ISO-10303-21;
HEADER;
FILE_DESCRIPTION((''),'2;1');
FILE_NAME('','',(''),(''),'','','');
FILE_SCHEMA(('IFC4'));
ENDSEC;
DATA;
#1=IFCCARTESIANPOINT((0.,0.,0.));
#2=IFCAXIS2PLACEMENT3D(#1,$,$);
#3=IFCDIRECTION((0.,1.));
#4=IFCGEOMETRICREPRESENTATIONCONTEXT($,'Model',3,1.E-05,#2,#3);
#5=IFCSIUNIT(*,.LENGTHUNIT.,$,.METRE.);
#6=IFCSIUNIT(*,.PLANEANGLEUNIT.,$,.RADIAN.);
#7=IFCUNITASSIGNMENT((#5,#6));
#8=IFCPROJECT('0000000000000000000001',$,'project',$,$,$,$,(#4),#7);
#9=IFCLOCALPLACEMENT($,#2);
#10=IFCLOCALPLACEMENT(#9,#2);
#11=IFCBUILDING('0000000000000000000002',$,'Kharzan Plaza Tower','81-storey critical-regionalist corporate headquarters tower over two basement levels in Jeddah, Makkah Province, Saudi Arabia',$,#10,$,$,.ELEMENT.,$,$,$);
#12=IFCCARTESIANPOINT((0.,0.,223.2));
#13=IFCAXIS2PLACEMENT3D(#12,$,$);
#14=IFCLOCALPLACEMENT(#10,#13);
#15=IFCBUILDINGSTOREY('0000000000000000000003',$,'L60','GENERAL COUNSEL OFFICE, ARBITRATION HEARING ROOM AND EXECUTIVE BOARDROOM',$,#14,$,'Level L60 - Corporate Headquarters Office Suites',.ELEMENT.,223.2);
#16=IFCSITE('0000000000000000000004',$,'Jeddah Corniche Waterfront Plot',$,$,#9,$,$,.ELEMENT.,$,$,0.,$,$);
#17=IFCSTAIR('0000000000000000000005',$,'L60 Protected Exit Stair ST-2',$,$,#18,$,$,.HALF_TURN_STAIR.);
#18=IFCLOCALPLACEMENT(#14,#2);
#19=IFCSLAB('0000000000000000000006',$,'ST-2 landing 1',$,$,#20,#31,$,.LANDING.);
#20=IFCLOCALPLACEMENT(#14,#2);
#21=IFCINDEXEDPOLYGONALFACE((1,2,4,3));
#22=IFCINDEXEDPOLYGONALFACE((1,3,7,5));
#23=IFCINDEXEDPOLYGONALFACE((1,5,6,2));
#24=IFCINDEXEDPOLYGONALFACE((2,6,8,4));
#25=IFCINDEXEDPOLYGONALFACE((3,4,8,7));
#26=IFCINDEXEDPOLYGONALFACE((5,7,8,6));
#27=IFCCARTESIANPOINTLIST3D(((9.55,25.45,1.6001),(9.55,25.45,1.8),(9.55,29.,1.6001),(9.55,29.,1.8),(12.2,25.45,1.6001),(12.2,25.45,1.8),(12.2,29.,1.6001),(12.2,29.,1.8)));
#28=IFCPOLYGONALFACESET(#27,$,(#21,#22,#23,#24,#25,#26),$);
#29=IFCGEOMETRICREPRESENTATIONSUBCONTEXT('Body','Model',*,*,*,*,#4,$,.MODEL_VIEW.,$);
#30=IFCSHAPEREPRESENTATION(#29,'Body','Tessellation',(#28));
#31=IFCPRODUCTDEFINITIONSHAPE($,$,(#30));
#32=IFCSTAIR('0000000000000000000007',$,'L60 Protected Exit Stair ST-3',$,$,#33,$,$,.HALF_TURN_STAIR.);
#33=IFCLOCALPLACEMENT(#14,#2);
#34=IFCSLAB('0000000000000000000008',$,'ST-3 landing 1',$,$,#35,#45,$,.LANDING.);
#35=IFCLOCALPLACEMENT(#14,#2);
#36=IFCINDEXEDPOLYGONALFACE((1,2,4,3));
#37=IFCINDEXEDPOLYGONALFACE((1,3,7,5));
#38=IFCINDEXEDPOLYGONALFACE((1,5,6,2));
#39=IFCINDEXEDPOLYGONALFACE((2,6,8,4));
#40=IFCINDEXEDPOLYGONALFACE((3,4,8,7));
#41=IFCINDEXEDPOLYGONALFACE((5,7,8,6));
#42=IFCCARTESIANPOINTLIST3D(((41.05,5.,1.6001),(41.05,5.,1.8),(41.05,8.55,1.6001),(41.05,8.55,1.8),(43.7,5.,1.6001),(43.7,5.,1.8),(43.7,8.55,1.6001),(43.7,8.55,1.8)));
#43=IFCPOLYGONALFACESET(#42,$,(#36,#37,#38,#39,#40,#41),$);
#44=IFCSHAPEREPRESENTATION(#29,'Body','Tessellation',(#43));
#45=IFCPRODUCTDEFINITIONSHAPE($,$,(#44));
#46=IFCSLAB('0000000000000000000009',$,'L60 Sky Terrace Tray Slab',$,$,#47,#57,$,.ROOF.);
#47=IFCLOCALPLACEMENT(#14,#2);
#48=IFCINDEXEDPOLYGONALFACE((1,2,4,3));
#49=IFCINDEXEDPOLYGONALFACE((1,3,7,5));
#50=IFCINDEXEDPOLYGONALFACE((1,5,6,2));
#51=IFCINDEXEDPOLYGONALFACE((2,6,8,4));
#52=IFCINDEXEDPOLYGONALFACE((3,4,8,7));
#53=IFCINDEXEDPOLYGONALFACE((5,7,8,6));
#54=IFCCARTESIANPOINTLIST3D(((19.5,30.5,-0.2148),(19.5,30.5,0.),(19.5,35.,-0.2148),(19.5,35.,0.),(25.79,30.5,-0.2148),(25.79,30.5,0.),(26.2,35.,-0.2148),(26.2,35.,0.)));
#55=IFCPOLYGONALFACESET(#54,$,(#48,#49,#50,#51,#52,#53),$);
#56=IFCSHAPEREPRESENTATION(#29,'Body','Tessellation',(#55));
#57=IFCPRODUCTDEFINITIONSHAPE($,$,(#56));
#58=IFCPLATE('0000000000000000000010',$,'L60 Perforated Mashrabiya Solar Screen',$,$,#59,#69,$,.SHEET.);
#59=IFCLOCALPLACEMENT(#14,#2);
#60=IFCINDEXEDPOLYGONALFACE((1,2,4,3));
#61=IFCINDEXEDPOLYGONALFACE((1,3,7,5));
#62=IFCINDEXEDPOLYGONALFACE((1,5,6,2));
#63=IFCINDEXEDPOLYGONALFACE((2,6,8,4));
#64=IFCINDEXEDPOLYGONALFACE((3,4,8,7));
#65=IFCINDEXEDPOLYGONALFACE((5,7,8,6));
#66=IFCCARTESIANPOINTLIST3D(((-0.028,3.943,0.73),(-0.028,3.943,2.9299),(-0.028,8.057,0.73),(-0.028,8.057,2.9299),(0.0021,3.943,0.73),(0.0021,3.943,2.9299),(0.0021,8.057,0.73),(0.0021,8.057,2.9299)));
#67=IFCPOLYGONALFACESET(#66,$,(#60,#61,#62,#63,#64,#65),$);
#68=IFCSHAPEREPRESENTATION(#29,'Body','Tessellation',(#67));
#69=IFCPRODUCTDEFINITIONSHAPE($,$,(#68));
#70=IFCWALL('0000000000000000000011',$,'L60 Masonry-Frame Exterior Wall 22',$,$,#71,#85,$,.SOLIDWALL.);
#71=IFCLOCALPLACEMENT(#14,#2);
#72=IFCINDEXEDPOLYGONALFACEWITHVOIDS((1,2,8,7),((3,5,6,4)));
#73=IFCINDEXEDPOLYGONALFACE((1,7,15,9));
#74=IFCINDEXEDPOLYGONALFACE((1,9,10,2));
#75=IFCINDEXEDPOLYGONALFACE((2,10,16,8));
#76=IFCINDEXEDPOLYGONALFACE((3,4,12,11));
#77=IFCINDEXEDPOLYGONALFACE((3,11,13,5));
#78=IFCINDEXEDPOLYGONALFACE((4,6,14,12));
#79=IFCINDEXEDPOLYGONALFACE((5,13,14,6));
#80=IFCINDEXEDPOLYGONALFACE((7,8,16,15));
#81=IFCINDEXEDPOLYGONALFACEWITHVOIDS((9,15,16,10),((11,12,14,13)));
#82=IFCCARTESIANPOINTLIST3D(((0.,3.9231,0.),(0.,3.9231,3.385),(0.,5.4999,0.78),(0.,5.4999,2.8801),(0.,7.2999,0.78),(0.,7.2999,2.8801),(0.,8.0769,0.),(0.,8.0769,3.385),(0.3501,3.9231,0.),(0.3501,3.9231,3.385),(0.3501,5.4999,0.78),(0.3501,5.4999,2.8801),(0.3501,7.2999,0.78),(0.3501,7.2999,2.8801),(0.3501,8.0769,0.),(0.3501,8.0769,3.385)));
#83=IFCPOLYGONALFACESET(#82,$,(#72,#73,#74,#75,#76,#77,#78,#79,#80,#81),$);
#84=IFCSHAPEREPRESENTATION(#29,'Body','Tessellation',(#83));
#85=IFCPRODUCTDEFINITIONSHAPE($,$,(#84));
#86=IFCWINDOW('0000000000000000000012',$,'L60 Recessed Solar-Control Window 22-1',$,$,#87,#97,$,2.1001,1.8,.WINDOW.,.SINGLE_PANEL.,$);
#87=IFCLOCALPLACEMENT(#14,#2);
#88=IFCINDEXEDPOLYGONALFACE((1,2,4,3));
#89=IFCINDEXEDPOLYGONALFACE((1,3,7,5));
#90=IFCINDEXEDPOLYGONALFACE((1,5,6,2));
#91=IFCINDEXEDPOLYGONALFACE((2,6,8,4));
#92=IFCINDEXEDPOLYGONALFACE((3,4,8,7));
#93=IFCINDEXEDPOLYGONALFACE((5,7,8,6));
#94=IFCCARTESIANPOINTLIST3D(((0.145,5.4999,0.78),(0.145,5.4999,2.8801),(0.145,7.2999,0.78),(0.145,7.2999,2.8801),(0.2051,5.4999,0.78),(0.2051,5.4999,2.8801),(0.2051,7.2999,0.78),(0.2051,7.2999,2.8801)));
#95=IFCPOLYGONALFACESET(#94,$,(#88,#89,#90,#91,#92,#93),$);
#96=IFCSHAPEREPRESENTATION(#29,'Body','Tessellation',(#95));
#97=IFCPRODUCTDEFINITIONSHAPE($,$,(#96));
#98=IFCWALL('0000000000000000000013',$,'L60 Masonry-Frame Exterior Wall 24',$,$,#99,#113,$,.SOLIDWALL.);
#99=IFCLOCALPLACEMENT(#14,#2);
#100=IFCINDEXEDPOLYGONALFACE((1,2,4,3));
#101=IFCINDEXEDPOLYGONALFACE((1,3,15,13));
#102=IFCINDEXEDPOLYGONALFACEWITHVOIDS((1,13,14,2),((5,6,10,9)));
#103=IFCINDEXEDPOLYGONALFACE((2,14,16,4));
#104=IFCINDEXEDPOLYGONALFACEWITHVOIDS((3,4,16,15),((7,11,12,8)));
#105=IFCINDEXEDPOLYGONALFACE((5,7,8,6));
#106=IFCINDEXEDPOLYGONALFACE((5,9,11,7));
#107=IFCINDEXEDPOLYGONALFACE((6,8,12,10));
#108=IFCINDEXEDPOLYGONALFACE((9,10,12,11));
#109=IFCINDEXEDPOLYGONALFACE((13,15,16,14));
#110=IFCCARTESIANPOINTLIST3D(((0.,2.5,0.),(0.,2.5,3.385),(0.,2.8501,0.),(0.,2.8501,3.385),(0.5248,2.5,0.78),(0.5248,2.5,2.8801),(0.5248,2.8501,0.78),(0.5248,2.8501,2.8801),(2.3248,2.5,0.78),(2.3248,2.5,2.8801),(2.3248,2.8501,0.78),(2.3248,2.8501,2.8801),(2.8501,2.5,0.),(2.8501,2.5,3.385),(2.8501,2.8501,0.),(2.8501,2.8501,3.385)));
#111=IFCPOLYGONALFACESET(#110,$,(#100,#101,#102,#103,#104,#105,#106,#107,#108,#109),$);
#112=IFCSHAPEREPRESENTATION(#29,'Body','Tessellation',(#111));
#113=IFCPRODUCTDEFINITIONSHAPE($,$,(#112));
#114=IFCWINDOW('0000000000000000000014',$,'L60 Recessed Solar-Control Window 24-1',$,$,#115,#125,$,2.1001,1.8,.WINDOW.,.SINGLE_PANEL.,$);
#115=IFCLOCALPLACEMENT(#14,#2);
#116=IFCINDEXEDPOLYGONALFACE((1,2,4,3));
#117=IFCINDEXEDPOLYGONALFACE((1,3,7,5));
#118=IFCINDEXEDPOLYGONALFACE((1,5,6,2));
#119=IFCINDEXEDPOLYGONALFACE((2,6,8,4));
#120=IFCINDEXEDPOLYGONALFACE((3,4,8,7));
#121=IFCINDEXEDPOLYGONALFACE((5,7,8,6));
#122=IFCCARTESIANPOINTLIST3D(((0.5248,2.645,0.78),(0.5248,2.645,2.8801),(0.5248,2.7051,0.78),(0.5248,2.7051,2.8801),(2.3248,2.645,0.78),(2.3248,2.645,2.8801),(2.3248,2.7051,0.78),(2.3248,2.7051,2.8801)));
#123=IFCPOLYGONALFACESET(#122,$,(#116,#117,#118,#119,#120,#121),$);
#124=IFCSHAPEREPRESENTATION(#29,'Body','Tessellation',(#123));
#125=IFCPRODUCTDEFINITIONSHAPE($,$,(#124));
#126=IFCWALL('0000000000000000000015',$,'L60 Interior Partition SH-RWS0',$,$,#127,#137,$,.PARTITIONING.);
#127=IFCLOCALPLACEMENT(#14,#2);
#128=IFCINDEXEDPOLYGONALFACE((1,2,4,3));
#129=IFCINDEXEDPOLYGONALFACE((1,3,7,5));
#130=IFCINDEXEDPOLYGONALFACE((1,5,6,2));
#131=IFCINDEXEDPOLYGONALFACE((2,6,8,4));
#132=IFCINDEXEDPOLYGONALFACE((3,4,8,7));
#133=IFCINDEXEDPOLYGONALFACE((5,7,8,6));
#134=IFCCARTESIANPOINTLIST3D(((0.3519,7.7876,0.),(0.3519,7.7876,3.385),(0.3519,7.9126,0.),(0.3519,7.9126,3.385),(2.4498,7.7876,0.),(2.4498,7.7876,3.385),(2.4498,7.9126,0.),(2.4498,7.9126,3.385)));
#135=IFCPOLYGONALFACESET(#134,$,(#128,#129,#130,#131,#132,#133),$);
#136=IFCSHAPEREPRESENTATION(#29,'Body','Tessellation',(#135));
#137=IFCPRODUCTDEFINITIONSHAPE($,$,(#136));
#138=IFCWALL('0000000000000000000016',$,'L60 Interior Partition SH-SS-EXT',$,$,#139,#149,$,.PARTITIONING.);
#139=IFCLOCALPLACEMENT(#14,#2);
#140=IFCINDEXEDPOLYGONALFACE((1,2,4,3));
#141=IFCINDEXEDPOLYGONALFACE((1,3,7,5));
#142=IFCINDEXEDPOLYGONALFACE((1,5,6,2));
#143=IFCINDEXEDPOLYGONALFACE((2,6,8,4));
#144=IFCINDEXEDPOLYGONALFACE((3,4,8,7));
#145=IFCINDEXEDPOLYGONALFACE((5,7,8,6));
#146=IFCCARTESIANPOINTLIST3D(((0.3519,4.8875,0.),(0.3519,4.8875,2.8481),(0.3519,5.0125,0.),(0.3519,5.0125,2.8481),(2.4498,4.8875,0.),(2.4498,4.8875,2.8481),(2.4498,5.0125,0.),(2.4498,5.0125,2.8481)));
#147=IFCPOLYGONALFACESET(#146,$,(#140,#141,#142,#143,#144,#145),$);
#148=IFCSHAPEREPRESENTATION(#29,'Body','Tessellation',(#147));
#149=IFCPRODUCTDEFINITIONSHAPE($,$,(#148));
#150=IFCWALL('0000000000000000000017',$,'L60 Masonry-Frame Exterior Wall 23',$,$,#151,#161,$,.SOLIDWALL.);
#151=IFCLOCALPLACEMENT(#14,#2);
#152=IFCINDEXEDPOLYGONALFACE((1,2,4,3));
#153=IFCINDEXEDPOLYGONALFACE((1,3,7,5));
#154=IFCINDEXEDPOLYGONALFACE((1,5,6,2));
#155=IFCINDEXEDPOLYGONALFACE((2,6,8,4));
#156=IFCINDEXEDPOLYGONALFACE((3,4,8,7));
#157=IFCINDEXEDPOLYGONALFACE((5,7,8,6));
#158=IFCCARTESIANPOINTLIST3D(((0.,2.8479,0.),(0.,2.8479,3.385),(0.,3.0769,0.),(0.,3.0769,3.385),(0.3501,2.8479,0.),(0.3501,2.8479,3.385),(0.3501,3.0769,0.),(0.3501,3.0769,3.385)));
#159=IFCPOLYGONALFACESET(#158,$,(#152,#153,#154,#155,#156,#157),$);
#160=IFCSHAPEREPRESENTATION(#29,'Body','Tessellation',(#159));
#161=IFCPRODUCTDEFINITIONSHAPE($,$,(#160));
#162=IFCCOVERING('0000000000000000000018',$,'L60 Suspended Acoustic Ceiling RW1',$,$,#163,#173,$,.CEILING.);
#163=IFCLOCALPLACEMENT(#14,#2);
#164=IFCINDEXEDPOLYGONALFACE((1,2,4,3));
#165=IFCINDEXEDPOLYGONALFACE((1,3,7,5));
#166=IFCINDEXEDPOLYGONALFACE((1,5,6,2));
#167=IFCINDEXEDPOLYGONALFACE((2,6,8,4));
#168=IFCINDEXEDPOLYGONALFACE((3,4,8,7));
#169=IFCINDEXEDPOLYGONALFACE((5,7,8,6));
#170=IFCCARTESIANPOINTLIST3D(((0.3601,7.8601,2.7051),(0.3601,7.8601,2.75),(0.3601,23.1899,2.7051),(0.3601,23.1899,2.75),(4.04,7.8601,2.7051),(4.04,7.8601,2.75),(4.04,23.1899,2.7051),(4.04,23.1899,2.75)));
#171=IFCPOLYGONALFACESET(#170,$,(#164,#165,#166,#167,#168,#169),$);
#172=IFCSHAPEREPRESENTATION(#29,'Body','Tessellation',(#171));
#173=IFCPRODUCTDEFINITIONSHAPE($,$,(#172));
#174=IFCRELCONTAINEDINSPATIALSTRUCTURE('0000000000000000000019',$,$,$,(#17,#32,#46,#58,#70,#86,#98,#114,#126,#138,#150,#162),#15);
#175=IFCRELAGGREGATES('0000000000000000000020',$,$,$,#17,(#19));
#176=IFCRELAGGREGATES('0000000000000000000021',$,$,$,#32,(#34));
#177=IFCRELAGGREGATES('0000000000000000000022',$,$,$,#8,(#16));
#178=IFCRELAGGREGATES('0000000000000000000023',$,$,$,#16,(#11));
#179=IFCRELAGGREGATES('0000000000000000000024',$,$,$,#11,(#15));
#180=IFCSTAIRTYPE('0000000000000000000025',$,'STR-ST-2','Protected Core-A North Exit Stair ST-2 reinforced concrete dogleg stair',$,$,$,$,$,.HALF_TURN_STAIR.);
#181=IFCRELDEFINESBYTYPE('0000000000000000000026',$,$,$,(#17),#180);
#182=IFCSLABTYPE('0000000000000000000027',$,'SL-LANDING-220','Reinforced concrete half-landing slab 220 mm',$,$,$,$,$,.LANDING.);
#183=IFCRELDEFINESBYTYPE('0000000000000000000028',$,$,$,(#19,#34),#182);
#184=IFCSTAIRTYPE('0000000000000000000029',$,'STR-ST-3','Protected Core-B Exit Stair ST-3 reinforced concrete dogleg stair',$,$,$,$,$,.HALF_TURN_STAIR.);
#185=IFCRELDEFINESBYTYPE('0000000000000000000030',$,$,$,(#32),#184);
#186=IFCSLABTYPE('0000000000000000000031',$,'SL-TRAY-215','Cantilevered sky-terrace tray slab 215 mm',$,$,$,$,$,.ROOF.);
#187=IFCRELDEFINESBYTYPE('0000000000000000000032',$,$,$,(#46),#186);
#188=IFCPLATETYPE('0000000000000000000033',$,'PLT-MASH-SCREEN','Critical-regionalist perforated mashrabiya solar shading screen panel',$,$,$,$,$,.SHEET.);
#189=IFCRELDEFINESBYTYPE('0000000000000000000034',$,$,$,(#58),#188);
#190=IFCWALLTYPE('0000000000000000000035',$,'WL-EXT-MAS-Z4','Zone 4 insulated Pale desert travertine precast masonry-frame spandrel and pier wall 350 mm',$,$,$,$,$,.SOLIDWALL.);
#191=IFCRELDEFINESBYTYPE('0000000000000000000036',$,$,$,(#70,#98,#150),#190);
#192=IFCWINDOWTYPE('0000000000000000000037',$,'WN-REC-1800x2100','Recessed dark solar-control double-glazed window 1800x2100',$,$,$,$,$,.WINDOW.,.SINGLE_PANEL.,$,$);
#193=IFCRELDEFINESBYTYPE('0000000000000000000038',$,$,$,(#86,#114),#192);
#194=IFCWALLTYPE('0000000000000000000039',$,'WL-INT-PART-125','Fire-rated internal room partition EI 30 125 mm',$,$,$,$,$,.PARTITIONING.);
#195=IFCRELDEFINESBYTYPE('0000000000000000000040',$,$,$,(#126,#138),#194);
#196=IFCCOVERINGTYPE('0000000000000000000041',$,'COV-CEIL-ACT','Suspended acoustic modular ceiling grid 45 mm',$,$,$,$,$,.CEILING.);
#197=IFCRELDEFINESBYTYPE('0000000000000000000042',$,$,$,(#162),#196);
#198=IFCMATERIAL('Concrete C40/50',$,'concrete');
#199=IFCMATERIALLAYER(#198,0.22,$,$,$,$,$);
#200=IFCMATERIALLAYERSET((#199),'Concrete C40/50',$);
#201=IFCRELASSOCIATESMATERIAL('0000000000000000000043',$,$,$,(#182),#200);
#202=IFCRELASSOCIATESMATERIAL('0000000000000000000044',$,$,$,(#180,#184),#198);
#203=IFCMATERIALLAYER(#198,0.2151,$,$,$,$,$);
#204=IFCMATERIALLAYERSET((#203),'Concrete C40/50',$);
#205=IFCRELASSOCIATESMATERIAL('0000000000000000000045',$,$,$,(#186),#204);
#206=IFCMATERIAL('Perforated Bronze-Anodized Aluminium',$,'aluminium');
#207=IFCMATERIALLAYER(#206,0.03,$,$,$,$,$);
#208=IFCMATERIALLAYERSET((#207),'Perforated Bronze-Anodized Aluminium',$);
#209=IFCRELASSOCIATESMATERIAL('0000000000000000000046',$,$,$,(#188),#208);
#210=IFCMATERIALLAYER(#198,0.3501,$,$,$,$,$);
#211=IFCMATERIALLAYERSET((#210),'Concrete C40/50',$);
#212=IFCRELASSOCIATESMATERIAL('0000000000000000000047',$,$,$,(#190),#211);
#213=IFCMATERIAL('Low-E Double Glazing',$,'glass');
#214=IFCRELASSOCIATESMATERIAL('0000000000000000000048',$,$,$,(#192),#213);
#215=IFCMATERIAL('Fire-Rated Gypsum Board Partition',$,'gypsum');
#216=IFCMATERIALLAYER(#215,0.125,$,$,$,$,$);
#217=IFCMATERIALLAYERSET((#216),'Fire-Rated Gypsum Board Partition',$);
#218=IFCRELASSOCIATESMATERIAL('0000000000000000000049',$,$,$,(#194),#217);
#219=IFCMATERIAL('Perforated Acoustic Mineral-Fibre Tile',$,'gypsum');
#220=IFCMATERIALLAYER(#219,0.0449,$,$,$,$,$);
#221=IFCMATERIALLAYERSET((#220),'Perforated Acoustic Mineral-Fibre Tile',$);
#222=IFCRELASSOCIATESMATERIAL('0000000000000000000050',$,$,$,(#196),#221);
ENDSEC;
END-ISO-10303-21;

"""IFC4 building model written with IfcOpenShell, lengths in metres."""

from ifc_helpers import new_model, si_unit, direction, frame, frame_2d, origin, origin_2d, place, context, subcontext, project, spatial, polyline, rectangle, outline, extrude, source, transform, mapped, material, layer, layer_set, type_object, element, fill, aggregate, save


model = new_model("IFC4")

# Units and contexts
model_context = context("Model", 3, precision=1e-05, world=origin(), true_north=direction((0.0, 1.0)))
body_context = subcontext(model_context, "Body", "Model", "MODEL_VIEW")
ifc_project = project(units=[si_unit("LENGTHUNIT", "METRE"), si_unit("PLANEANGLEUNIT", "RADIAN")], contexts=[model_context])

# Site, building, storey
site_placement = place(None, origin())
site = spatial("IfcSite", under=ifc_project, at=site_placement, Name="Jeddah Corniche Waterfront Plot", CompositionType="ELEMENT", RefElevation=0.0)
building_placement = place(site_placement, origin())
building = spatial("IfcBuilding", under=site, at=building_placement, Name="Kharzan Plaza Tower", Description="81-storey critical-regionalist corporate headquarters tower over two basement levels in Jeddah, Makkah Province, Saudi Arabia", CompositionType="ELEMENT")
storey_placement = place(building_placement, frame((0.0, 0.0, 223.2)))
storey = spatial("IfcBuildingStorey", under=building, at=storey_placement, Name="L60", Description="GENERAL COUNSEL OFFICE, ARBITRATION HEARING ROOM AND EXECUTIVE BOARDROOM", LongName="Level L60 - Corporate Headquarters Office Suites", CompositionType="ELEMENT", Elevation=223.2)

# Shared definitions
ifc_material_1 = material(Name="Concrete C40/50", Category="concrete")

# Stairs, slabs
ifc_layer_1 = layer(ifc_material_1, 0.22)
ifc_layer_set_1 = layer_set([ifc_layer_1], Name="Concrete C40/50")
slab_type_1 = type_object("IfcSlabType", Name="SL-LANDING-220", Description="Reinforced concrete half-landing slab 220 mm", PredefinedType="LANDING", material=ifc_layer_set_1)
stair_type_1 = type_object("IfcStairType", Name="STR-ST-2", Description="Protected Core-A North Exit Stair ST-2 reinforced concrete dogleg stair", PredefinedType="HALF_TURN_STAIR", material=ifc_material_1)
stair_1_placement = place(storey_placement, origin())
stair_1 = element("IfcStair", 1, at=stair_1_placement, inside=storey, type_object=stair_type_1, Name="L60 Protected Exit Stair ST-2", PredefinedType="HALF_TURN_STAIR")
slab_1_placement = place(storey_placement, frame((0.0, 0.0, 1.6001)))
slab_1 = element("IfcSlab", 2, at=slab_1_placement, type_object=slab_type_1, Name="ST-2 landing 1", PredefinedType="LANDING", context=body_context, shape_type="SweptSolid", body=[
    extrude(outline(polyline([(9.55, 25.45), (12.2, 25.45), (12.2, 29.0), (9.55, 29.0), (9.55, 25.45)])), origin(), (0.0, 0.0, 1.0), 0.2),
])
aggregate(stair_1, [slab_1])
stair_type_2 = type_object("IfcStairType", Name="STR-ST-3", Description="Protected Core-B Exit Stair ST-3 reinforced concrete dogleg stair", PredefinedType="HALF_TURN_STAIR", material=ifc_material_1)
stair_2_placement = place(storey_placement, origin())
stair_2 = element("IfcStair", 3, at=stair_2_placement, inside=storey, type_object=stair_type_2, Name="L60 Protected Exit Stair ST-3", PredefinedType="HALF_TURN_STAIR")
slab_2_placement = place(storey_placement, frame((0.0, 0.0, 1.6001)))
slab_2 = element("IfcSlab", 4, at=slab_2_placement, type_object=slab_type_1, Name="ST-3 landing 1", PredefinedType="LANDING", context=body_context, shape_type="SweptSolid", body=[
    extrude(outline(polyline([(41.05, 5.0), (43.7, 5.0), (43.7, 8.55), (41.05, 8.55), (41.05, 5.0)])), origin(), (0.0, 0.0, 1.0), 0.2),
])
aggregate(stair_2, [slab_2])

# Slab
ifc_layer_2 = layer(ifc_material_1, 0.2151)
ifc_layer_set_2 = layer_set([ifc_layer_2], Name="Concrete C40/50")
slab_type_2 = type_object("IfcSlabType", Name="SL-TRAY-215", Description="Cantilevered sky-terrace tray slab 215 mm", PredefinedType="ROOF", material=ifc_layer_set_2)
slab_3_placement = place(storey_placement, frame((0.0, 0.0, -0.2148)))
element("IfcSlab", 5, at=slab_3_placement, inside=storey, type_object=slab_type_2, Name="L60 Sky Terrace Tray Slab", PredefinedType="ROOF", context=body_context, shape_type="SweptSolid", body=[
    extrude(outline(polyline([(19.5, 30.5), (25.79, 30.5), (26.2, 35.0), (19.5, 35.0), (19.5, 30.5)])), origin(), (0.0, 0.0, 1.0), 0.2148),
])

# Plate
ifc_material_2 = material(Name="Perforated Bronze-Anodized Aluminium", Category="aluminium")
ifc_layer_3 = layer(ifc_material_2, 0.03)
ifc_layer_set_3 = layer_set([ifc_layer_3], Name="Perforated Bronze-Anodized Aluminium")
plate_type = type_object("IfcPlateType", Name="PLT-MASH-SCREEN", Description="Critical-regionalist perforated mashrabiya solar shading screen panel", PredefinedType="SHEET", material=ifc_layer_set_3)
shared_shape_1 = source(origin(), body_context, "Body", "SweptSolid", [
    extrude(rectangle(XDim=4.114, YDim=0.03, at=origin_2d()), origin(), (0.0, 0.0, 1.0), 2.2),
])
plate_placement = place(storey_placement, frame((-0.0129, 6.0, 0.73), z_axis=(0.0, 0.0, 1.0), x_axis=(0.0, -1.0, 0.0)))
element("IfcPlate", 6, at=plate_placement, inside=storey, type_object=plate_type, Name="L60 Perforated Mashrabiya Solar Screen", PredefinedType="SHEET", context=body_context, shape_type="MappedRepresentation", body=[
    mapped(shared_shape_1, transform((0.0, 0.0, 0.0), x_axis=(1.0, 0.0, 0.0), y_axis=(0.0, 1.0, 0.0), z_axis=(0.0, 0.0, 1.0))),
])

# Walls, openings, windows
ifc_layer_4 = layer(ifc_material_1, 0.3501)
ifc_layer_set_4 = layer_set([ifc_layer_4], Name="Concrete C40/50")
wall_type_1 = type_object("IfcWallType", Name="WL-EXT-MAS-Z4", Description="Zone 4 insulated Pale desert travertine precast masonry-frame spandrel and pier wall 350 mm", PredefinedType="SOLIDWALL", material=ifc_layer_set_4)
wall_1_placement = place(storey_placement, frame((0.175, 8.0769, 0.0), z_axis=(0.0, 0.0, 1.0), x_axis=(0.0, -1.0, 0.0)))
wall_1 = element("IfcWall", 7, at=wall_1_placement, inside=storey, type_object=wall_type_1, Name="L60 Masonry-Frame Exterior Wall 22", PredefinedType="SOLIDWALL", context=body_context, shape_type="SweptSolid", body=[
    extrude(rectangle(XDim=4.1538, YDim=0.3501, at=frame_2d((2.0769, 0.0))), origin(), (0.0, 0.0, 1.0), 3.385),
])
opening_1_placement = place(wall_1_placement, frame((0.7771, 0.0, 0.78)))
opening_1 = element("IfcOpeningElement", 8, at=opening_1_placement, cuts=wall_1, PredefinedType="OPENING", context=body_context, shape_type="SweptSolid", body=[
    extrude(rectangle(XDim=1.8, YDim=2.1001, at=frame_2d((0.8999, 1.05))), frame((0.0, 0.1851, 0.0), z_axis=(0.0, -1.0, 0.0), x_axis=(1.0, 0.0, 0.0)), (0.0, 0.0, 1.0), 0.3701),
])
ifc_material_3 = material(Name="Low-E Double Glazing", Category="glass")
window_type = type_object("IfcWindowType", Name="WN-REC-1800x2100", Description="Recessed dark solar-control double-glazed window 1800x2100", PartitioningType="SINGLE_PANEL", PredefinedType="WINDOW", material=ifc_material_3)
shared_shape_2 = source(origin(), body_context, "Body", "SweptSolid", [
    extrude(rectangle(XDim=1.8, YDim=2.1001, at=frame_2d((0.8999, 1.05))), frame((0.0, 0.03, 0.0), z_axis=(0.0, -1.0, 0.0), x_axis=(1.0, 0.0, 0.0)), (0.0, 0.0, 1.0), 0.0601),
])
window_1_placement = place(opening_1_placement, origin())
window_1 = element("IfcWindow", 9, at=window_1_placement, inside=storey, type_object=window_type, Name="L60 Recessed Solar-Control Window 22-1", OverallHeight=2.1001, OverallWidth=1.8, PartitioningType="SINGLE_PANEL", PredefinedType="WINDOW", context=body_context, shape_type="MappedRepresentation", body=[
    mapped(shared_shape_2, transform((0.0, 0.0, 0.0), x_axis=(1.0, 0.0, 0.0), y_axis=(0.0, 1.0, 0.0), z_axis=(0.0, 0.0, 1.0))),
])
fill(opening_1, window_1)
wall_2_placement = place(storey_placement, frame((0.0, 2.675, 0.0), z_axis=(0.0, 0.0, 1.0), x_axis=(1.0, 0.0, 0.0)))
wall_2 = element("IfcWall", 10, at=wall_2_placement, inside=storey, type_object=wall_type_1, Name="L60 Masonry-Frame Exterior Wall 24", PredefinedType="SOLIDWALL", context=body_context, shape_type="SweptSolid", body=[
    extrude(rectangle(XDim=2.8501, YDim=0.3501, at=frame_2d((1.425, 0.0))), origin(), (0.0, 0.0, 1.0), 3.385),
])
opening_2_placement = place(wall_2_placement, frame((0.5249, 0.0, 0.78)))
opening_2 = element("IfcOpeningElement", 11, at=opening_2_placement, cuts=wall_2, PredefinedType="OPENING", context=body_context, shape_type="SweptSolid", body=[
    extrude(rectangle(XDim=1.8, YDim=2.1001, at=frame_2d((0.8999, 1.05))), frame((0.0, 0.1851, 0.0), z_axis=(0.0, -1.0, 0.0), x_axis=(1.0, 0.0, 0.0)), (0.0, 0.0, 1.0), 0.3701),
])
window_2_placement = place(opening_2_placement, origin())
window_2 = element("IfcWindow", 12, at=window_2_placement, inside=storey, type_object=window_type, Name="L60 Recessed Solar-Control Window 24-1", OverallHeight=2.1001, OverallWidth=1.8, PartitioningType="SINGLE_PANEL", PredefinedType="WINDOW", context=body_context, shape_type="MappedRepresentation", body=[
    mapped(shared_shape_2, transform((0.0, 0.0, 0.0), x_axis=(1.0, 0.0, 0.0), y_axis=(0.0, 1.0, 0.0), z_axis=(0.0, 0.0, 1.0))),
])
fill(opening_2, window_2)

# Walls
ifc_material_4 = material(Name="Fire-Rated Gypsum Board Partition", Category="gypsum")
ifc_layer_5 = layer(ifc_material_4, 0.125)
ifc_layer_set_5 = layer_set([ifc_layer_5], Name="Fire-Rated Gypsum Board Partition")
wall_type_2 = type_object("IfcWallType", Name="WL-INT-PART-125", Description="Fire-rated internal room partition EI 30 125 mm", PredefinedType="PARTITIONING", material=ifc_layer_set_5)
shared_shape_3 = source(origin(), body_context, "Body", "SweptSolid", [
    extrude(rectangle(XDim=2.0979, YDim=0.125, at=frame_2d((1.0488, 0.0))), origin(), (0.0, 0.0, 1.0), 3.385),
])
wall_3_placement = place(storey_placement, frame((0.3521, 7.8501, 0.0), z_axis=(0.0, 0.0, 1.0), x_axis=(1.0, 0.0, 0.0)))
element("IfcWall", 13, at=wall_3_placement, inside=storey, type_object=wall_type_2, Name="L60 Interior Partition SH-RWS0", PredefinedType="PARTITIONING", context=body_context, shape_type="MappedRepresentation", body=[
    mapped(shared_shape_3, transform((0.0, 0.0, 0.0), x_axis=(1.0, 0.0, 0.0), y_axis=(0.0, 1.0, 0.0), z_axis=(0.0, 0.0, 1.0))),
])
shared_shape_4 = source(origin(), body_context, "Body", "SweptSolid", [
    extrude(rectangle(XDim=2.0979, YDim=0.125, at=frame_2d((1.0488, 0.0))), origin(), (0.0, 0.0, 1.0), 2.8481),
])
wall_4_placement = place(storey_placement, frame((0.3521, 4.95, 0.0), z_axis=(0.0, 0.0, 1.0), x_axis=(1.0, 0.0, 0.0)))
element("IfcWall", 14, at=wall_4_placement, inside=storey, type_object=wall_type_2, Name="L60 Interior Partition SH-SS-EXT", PredefinedType="PARTITIONING", context=body_context, shape_type="MappedRepresentation", body=[
    mapped(shared_shape_4, transform((0.0, 0.0, 0.0), x_axis=(1.0, 0.0, 0.0), y_axis=(0.0, 1.0, 0.0), z_axis=(0.0, 0.0, 1.0))),
])
shared_shape_5 = source(origin(), body_context, "Body", "SweptSolid", [
    extrude(rectangle(XDim=0.229, YDim=0.3501, at=frame_2d((0.1145, 0.0))), origin(), (0.0, 0.0, 1.0), 3.385),
])
wall_5_placement = place(storey_placement, frame((0.175, 3.0769, 0.0), z_axis=(0.0, 0.0, 1.0), x_axis=(0.0, -1.0, 0.0)))
element("IfcWall", 15, at=wall_5_placement, inside=storey, type_object=wall_type_1, Name="L60 Masonry-Frame Exterior Wall 23", PredefinedType="SOLIDWALL", context=body_context, shape_type="MappedRepresentation", body=[
    mapped(shared_shape_5, transform((0.0, 0.0, 0.0), x_axis=(1.0, 0.0, 0.0), y_axis=(0.0, 1.0, 0.0), z_axis=(0.0, 0.0, 1.0))),
])

# Covering
ifc_material_5 = material(Name="Perforated Acoustic Mineral-Fibre Tile", Category="gypsum")
ifc_layer_6 = layer(ifc_material_5, 0.0449)
ifc_layer_set_6 = layer_set([ifc_layer_6], Name="Perforated Acoustic Mineral-Fibre Tile")
covering_type_1 = type_object("IfcCoveringType", Name="COV-CEIL-ACT", Description="Suspended acoustic modular ceiling grid 45 mm", PredefinedType="CEILING", material=ifc_layer_set_6)
covering_1_placement = place(storey_placement, frame((0.0, 0.0, 2.7051)))
element("IfcCovering", 16, at=covering_1_placement, inside=storey, type_object=covering_type_1, Name="L60 Suspended Acoustic Ceiling RW1", PredefinedType="CEILING", context=body_context, shape_type="SweptSolid", body=[
    extrude(outline(polyline([(0.3601, 7.8601), (4.04, 7.8601), (4.04, 23.1899), (0.3601, 23.1899), (0.3601, 7.8601)])), origin(), (0.0, 0.0, 1.0), 0.0449),
])

save(model, "model.ifc")
